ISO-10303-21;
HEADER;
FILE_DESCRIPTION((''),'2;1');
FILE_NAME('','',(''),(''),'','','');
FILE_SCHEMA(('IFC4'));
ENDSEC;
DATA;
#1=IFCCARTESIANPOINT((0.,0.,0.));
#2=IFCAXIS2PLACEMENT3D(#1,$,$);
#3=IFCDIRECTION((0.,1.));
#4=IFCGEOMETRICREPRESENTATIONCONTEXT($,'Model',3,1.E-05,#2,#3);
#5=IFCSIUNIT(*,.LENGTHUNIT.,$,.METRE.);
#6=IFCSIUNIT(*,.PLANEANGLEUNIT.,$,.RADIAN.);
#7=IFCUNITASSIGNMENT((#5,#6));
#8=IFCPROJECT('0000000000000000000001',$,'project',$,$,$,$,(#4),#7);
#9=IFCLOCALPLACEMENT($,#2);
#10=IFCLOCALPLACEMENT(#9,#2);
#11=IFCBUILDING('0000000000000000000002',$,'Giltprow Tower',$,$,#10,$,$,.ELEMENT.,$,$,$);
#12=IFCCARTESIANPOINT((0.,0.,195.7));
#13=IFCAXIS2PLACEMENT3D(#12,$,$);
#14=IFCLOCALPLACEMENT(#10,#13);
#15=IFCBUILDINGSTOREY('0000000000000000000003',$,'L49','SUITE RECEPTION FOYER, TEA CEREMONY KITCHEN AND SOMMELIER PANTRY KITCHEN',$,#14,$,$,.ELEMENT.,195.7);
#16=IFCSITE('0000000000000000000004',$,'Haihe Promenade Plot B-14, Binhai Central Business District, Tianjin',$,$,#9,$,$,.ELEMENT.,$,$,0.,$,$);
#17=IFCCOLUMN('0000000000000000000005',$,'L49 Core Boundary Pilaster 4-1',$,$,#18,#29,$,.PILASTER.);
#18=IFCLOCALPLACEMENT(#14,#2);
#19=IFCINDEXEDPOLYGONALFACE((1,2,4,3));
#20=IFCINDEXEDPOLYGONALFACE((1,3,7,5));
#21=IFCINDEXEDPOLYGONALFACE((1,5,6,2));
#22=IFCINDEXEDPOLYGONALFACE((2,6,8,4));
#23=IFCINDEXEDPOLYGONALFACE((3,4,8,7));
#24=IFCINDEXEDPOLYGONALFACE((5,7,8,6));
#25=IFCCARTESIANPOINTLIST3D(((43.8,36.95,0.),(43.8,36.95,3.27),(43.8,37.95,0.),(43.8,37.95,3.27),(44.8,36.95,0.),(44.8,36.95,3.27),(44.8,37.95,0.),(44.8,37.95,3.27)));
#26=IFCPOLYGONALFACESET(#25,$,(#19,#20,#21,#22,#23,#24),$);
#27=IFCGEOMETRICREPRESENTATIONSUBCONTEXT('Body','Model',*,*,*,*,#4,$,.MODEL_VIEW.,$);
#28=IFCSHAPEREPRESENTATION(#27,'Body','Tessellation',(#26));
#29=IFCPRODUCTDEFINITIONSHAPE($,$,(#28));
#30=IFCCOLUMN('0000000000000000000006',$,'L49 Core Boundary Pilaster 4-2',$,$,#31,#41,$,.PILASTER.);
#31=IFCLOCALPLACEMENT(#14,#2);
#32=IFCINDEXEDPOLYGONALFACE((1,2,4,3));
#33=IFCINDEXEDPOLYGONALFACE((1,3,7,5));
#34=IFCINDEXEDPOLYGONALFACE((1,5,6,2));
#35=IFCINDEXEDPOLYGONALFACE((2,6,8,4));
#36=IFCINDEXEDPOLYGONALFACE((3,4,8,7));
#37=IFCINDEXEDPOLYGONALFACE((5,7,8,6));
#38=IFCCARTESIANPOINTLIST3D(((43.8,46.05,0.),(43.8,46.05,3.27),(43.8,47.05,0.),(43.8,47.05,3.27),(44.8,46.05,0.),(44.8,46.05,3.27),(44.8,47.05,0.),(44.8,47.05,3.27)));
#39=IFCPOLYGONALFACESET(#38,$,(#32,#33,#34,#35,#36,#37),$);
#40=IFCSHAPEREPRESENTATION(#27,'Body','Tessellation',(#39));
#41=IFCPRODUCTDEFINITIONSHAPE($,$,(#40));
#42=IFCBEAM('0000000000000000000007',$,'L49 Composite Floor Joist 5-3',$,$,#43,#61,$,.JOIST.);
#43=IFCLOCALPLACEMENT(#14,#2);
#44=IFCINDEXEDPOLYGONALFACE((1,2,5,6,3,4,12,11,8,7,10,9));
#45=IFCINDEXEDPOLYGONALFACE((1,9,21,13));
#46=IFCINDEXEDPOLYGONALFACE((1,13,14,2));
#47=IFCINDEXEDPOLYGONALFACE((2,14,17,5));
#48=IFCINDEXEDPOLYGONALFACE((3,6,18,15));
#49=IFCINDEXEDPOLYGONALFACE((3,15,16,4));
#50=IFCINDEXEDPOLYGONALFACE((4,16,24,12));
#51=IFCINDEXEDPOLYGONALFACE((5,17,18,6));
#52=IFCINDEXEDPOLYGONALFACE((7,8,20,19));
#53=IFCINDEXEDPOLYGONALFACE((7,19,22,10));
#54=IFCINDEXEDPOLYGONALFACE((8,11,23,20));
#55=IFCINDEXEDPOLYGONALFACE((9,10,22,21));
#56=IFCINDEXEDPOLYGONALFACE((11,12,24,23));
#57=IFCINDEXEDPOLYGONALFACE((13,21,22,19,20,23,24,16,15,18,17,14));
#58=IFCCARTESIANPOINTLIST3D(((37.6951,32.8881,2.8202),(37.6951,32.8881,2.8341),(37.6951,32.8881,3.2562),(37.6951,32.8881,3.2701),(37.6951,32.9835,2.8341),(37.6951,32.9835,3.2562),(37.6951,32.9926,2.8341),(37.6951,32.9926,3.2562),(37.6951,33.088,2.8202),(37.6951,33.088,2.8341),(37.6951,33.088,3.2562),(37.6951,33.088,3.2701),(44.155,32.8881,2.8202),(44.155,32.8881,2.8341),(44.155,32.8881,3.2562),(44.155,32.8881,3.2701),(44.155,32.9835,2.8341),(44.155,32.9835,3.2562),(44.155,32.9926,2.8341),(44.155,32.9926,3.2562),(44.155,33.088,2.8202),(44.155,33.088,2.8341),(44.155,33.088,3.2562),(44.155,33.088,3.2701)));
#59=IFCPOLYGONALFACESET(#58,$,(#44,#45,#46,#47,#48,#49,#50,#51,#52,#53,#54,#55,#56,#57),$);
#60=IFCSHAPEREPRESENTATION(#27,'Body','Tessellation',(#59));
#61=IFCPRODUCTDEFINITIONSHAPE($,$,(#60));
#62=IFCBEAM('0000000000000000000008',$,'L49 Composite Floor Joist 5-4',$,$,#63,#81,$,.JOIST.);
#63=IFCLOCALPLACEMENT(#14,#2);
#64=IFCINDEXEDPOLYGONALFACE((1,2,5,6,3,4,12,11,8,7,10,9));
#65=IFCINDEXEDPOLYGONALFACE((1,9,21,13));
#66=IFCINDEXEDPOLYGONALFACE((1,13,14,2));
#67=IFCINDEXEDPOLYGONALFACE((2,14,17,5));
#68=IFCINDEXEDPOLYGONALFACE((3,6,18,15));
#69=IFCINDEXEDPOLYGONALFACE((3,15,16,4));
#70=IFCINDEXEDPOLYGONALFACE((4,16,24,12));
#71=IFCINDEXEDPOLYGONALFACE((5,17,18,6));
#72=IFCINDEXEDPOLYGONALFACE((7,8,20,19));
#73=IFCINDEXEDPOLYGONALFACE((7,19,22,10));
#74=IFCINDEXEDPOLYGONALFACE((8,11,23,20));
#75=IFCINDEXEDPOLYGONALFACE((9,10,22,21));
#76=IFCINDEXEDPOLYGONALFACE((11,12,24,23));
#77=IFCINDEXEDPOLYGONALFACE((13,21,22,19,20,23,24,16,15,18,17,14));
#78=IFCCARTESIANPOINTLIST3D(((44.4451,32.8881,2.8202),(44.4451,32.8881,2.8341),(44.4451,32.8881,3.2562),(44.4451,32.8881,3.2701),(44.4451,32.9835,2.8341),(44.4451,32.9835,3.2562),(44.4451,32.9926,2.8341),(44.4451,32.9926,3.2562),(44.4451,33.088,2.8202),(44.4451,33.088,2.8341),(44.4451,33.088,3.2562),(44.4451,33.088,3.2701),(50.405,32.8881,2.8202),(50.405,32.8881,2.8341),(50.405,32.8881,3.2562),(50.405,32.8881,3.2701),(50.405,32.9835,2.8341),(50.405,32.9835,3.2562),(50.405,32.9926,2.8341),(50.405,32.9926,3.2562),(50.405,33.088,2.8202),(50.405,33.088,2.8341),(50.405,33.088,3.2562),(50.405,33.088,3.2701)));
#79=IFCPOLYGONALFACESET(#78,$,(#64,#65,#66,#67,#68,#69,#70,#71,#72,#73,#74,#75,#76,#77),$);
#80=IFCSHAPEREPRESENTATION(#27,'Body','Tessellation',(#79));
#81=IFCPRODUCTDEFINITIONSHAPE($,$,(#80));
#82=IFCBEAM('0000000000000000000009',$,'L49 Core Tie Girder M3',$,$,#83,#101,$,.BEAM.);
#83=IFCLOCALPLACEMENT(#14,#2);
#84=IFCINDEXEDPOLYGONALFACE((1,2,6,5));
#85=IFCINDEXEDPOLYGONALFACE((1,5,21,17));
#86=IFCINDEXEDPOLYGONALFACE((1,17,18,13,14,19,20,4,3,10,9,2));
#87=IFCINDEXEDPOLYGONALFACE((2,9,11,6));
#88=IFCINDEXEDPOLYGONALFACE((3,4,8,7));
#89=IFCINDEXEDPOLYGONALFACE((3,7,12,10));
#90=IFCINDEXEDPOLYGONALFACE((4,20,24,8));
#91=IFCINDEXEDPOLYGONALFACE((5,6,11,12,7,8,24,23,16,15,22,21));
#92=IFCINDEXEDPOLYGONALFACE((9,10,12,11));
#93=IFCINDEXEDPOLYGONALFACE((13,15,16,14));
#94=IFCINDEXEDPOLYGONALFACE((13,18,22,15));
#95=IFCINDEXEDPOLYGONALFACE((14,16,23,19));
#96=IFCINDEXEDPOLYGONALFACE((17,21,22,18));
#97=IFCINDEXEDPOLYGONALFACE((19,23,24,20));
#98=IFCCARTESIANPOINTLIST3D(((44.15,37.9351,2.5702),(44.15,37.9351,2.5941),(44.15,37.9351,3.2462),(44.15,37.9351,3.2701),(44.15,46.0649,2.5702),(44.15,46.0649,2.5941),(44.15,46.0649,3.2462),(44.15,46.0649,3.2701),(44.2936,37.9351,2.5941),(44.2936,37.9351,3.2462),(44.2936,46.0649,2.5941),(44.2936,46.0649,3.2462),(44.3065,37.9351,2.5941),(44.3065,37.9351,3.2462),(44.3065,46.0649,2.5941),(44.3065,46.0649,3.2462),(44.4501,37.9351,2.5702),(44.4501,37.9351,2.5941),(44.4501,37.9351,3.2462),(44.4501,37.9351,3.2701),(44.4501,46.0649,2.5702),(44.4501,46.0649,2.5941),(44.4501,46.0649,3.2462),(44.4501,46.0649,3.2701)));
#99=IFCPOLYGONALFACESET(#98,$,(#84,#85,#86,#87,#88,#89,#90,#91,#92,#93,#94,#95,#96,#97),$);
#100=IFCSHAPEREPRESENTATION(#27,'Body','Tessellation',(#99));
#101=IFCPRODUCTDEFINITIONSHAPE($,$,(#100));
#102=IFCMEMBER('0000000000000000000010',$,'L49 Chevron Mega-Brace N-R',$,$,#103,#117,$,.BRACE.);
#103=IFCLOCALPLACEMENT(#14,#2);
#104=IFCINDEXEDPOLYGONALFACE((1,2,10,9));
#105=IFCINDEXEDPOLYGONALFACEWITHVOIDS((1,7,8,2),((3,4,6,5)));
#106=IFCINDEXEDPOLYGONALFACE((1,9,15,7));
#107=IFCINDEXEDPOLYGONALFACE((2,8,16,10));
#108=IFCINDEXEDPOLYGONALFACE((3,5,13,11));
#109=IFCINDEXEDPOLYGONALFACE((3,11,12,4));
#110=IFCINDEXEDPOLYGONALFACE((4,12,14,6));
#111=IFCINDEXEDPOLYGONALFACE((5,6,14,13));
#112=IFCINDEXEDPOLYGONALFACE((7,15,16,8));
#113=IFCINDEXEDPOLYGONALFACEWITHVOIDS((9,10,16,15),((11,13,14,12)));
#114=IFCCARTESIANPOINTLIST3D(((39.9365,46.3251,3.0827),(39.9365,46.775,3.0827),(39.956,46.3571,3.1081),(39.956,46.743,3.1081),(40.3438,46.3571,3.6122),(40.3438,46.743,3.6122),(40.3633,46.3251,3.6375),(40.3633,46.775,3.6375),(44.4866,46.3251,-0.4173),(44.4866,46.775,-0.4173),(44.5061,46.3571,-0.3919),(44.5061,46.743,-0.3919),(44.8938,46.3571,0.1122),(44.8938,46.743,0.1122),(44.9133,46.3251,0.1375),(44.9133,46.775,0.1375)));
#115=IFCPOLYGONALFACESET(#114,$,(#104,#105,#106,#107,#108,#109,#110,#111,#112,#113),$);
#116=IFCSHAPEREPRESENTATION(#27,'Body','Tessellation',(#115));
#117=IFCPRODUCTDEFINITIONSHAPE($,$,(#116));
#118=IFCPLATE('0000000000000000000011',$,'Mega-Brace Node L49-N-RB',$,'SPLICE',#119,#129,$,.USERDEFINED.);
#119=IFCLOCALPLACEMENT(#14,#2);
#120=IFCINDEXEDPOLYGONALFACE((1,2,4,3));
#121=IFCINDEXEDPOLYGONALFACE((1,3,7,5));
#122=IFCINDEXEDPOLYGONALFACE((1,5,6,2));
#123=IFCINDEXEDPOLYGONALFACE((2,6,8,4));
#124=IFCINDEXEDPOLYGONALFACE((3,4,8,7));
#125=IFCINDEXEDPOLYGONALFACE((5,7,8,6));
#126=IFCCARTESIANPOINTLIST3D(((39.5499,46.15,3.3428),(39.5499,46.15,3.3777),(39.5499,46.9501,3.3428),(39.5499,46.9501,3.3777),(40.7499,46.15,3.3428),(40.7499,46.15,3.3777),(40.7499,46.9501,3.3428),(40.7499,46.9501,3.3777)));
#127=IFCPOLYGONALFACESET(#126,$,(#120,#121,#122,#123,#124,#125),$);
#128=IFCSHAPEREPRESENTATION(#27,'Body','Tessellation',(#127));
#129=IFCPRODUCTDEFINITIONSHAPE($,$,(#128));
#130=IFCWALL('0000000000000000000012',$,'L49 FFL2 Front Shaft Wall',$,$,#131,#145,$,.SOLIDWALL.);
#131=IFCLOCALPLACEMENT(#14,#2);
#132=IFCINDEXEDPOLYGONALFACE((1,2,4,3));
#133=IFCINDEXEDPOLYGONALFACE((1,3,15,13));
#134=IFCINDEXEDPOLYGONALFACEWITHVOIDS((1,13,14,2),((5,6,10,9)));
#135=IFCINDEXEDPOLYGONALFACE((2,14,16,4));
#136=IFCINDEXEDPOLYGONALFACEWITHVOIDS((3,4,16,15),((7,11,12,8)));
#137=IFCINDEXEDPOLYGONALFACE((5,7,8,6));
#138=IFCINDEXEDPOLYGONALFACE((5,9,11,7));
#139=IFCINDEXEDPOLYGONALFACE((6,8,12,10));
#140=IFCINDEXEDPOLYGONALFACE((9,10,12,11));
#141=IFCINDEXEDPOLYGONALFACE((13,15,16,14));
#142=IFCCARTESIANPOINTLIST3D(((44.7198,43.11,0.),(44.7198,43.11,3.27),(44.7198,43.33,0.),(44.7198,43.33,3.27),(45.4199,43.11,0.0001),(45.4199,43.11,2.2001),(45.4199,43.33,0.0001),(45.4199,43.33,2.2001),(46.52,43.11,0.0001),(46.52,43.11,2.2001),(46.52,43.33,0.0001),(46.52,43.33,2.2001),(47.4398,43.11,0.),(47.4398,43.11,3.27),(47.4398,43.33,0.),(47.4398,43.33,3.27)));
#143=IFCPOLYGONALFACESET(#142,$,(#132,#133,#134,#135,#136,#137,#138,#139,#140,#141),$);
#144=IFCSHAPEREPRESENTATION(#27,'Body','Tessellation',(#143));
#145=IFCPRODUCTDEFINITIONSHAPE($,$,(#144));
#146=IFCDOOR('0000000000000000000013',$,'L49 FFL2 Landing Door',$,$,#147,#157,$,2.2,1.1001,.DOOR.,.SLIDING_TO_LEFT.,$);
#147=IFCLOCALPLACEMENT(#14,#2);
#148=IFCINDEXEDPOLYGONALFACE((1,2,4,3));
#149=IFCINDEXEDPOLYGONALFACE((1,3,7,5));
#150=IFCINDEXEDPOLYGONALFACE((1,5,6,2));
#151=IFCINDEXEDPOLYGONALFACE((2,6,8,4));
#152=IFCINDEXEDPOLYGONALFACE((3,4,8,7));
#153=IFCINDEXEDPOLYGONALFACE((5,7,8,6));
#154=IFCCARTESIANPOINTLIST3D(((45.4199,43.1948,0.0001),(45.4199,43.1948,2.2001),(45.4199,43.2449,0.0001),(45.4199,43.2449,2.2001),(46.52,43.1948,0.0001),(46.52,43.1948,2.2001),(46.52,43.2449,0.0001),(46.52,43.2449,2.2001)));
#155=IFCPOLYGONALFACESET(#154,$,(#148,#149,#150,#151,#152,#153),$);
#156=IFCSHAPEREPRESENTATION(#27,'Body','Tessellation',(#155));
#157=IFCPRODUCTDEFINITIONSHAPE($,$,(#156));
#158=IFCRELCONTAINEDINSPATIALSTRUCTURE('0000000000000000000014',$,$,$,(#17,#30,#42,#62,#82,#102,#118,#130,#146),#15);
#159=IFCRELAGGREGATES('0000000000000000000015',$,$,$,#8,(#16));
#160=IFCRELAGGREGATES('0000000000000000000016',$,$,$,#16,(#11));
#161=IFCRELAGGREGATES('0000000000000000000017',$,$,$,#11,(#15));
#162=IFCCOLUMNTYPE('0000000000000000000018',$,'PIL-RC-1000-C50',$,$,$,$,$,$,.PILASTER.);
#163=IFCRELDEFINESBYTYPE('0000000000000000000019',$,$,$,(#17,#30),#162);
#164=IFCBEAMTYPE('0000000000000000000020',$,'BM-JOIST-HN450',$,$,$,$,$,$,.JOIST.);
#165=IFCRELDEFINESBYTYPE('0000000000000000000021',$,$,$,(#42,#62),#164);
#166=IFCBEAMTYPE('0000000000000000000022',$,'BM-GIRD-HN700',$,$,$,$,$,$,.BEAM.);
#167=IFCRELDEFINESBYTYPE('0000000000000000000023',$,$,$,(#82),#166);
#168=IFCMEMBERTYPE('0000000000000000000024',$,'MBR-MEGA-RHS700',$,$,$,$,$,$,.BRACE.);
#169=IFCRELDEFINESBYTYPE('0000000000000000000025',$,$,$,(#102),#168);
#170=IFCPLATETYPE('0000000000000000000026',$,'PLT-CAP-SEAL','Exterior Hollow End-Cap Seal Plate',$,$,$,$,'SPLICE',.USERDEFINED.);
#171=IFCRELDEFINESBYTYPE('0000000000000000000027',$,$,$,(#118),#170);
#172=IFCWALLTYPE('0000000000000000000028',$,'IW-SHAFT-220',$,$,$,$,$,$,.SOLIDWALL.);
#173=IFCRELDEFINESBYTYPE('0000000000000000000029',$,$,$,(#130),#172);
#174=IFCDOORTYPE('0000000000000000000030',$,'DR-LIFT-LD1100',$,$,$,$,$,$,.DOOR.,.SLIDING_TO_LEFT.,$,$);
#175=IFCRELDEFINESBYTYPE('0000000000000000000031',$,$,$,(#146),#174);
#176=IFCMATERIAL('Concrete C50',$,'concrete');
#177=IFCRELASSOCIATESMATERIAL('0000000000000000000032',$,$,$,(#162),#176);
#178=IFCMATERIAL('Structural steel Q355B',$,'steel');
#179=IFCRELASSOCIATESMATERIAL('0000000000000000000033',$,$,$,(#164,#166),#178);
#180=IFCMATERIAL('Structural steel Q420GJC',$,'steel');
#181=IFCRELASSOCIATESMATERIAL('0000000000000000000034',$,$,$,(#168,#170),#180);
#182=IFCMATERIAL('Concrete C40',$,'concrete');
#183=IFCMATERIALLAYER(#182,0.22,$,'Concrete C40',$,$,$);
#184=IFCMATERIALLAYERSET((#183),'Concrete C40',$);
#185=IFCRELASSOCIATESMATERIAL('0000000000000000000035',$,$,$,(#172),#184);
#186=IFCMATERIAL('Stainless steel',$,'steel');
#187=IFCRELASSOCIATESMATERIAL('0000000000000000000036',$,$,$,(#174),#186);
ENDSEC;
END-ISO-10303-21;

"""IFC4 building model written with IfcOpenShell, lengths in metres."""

from ifc_helpers import new_model, si_unit, direction, frame, frame_2d, origin, origin_2d, place, context, subcontext, project, spatial, rectangle, hollow_rectangle, i_section, extrude, source, transform, mapped, material, layer, layer_set, material_profile, profile_set, type_object, element, fill, save


model = new_model("IFC4")

# Units and contexts
model_context = context("Model", 3, precision=1e-05, world=origin(), true_north=direction((0.0, 1.0)))
body_context = subcontext(model_context, "Body", "Model", "MODEL_VIEW")
ifc_project = project(units=[si_unit("LENGTHUNIT", "METRE"), si_unit("PLANEANGLEUNIT", "RADIAN")], contexts=[model_context])

# Site, building, storey
site_placement = place(None, origin())
site = spatial("IfcSite", under=ifc_project, at=site_placement, Name="Haihe Promenade Plot B-14, Binhai Central Business District, Tianjin", CompositionType="ELEMENT", RefElevation=0.0)
building_placement = place(site_placement, origin())
building = spatial("IfcBuilding", under=site, at=building_placement, Name="Giltprow Tower", CompositionType="ELEMENT")
storey_placement = place(building_placement, frame((0.0, 0.0, 195.7)))
storey = spatial("IfcBuildingStorey", under=building, at=storey_placement, Name="L49", Description="SUITE RECEPTION FOYER, TEA CEREMONY KITCHEN AND SOMMELIER PANTRY KITCHEN", CompositionType="ELEMENT", Elevation=195.7)

# Columns
ifc_material_1 = material(Name="Concrete C50", Category="concrete")
ifc_material_profile_1 = material_profile(ifc_material_1, rectangle(XDim=1.0, YDim=1.0, at=origin_2d()), Name="RC 1000x1000")
ifc_profile_set_1 = profile_set([ifc_material_profile_1], Name="Concrete C50")
column_type = type_object("IfcColumnType", Name="PIL-RC-1000-C50", PredefinedType="PILASTER", material=ifc_profile_set_1)
shared_shape_1 = source(origin(), body_context, "Body", "SweptSolid", [
    extrude(rectangle(XDim=1.0, YDim=1.0, at=origin_2d()), origin(), (0.0, 0.0, 1.0), 3.27),
])
for number, where, z_axis, x_axis, name in (
    (1, (44.3, 37.45, 0.0), (0.0, 0.0, 1.0), (1.0, 0.0, 0.0), "L49 Core Boundary Pilaster 4-1"),
    (2, (44.3, 46.55, 0.0), (0.0, 0.0, 1.0), (1.0, 0.0, 0.0), "L49 Core Boundary Pilaster 4-2"),
):
    element("IfcColumn", number, at=place(storey_placement, frame(where, z_axis=z_axis, x_axis=x_axis)), inside=storey, type_object=column_type, Name=name, PredefinedType="PILASTER", context=body_context, shape_type="MappedRepresentation", body=[
        mapped(shared_shape_1, transform((0.0, 0.0, 0.0), x_axis=(1.0, 0.0, 0.0), y_axis=(0.0, 1.0, 0.0), z_axis=(0.0, 0.0, 1.0), scale=1.0)),
    ])

# Beams
ifc_material_2 = material(Name="Structural steel Q355B", Category="steel")
ifc_material_profile_2 = material_profile(ifc_material_2, i_section(OverallWidth=0.2, OverallDepth=0.45, WebThickness=0.009, FlangeThickness=0.0139, at=origin_2d()), Name="HN 450x200x9x14")
ifc_profile_set_2 = profile_set([ifc_material_profile_2], Name="Structural steel Q355B")
beam_type_1 = type_object("IfcBeamType", Name="BM-JOIST-HN450", PredefinedType="JOIST", material=ifc_profile_set_2)
shared_shape_2 = source(origin(), body_context, "Body", "SweptSolid", [
    extrude(i_section(OverallWidth=0.2, OverallDepth=0.45, WebThickness=0.009, FlangeThickness=0.0139, at=origin_2d()), origin(), (0.0, 0.0, 1.0), 6.46),
])
beam_1_placement = place(storey_placement, frame((37.6951, 32.988, 3.0452), z_axis=(1.0, 0.0, 0.0), x_axis=(0.0, 1.0, 0.0)))
element("IfcBeam", 3, at=beam_1_placement, inside=storey, type_object=beam_type_1, Name="L49 Composite Floor Joist 5-3", PredefinedType="JOIST", context=body_context, shape_type="MappedRepresentation", body=[
    mapped(shared_shape_2, transform((0.0, 0.0, 0.0), x_axis=(1.0, 0.0, 0.0), y_axis=(0.0, 1.0, 0.0), z_axis=(0.0, 0.0, 1.0), scale=1.0)),
])
shared_shape_3 = source(origin(), body_context, "Body", "SweptSolid", [
    extrude(i_section(OverallWidth=0.2, OverallDepth=0.45, WebThickness=0.009, FlangeThickness=0.0139, at=origin_2d()), origin(), (0.0, 0.0, 1.0), 5.96),
])
beam_2_placement = place(storey_placement, frame((44.4451, 32.988, 3.0452), z_axis=(1.0, 0.0, 0.0), x_axis=(0.0, 1.0, 0.0)))
element("IfcBeam", 4, at=beam_2_placement, inside=storey, type_object=beam_type_1, Name="L49 Composite Floor Joist 5-4", PredefinedType="JOIST", context=body_context, shape_type="MappedRepresentation", body=[
    mapped(shared_shape_3, transform((0.0, 0.0, 0.0), x_axis=(1.0, 0.0, 0.0), y_axis=(0.0, 1.0, 0.0), z_axis=(0.0, 0.0, 1.0), scale=1.0)),
])
ifc_material_profile_3 = material_profile(ifc_material_2, i_section(OverallWidth=0.3, OverallDepth=0.7, WebThickness=0.0129, FlangeThickness=0.0239, at=origin_2d()), Name="HN 700x300x13x24")
ifc_profile_set_3 = profile_set([ifc_material_profile_3], Name="Structural steel Q355B")
beam_type_2 = type_object("IfcBeamType", Name="BM-GIRD-HN700", PredefinedType="BEAM", material=ifc_profile_set_3)
shared_shape_4 = source(origin(), body_context, "Body", "SweptSolid", [
    extrude(i_section(OverallWidth=0.3, OverallDepth=0.7, WebThickness=0.0129, FlangeThickness=0.0239, at=origin_2d()), origin(), (0.0, 0.0, 1.0), 8.1299),
])
beam_3_placement = place(storey_placement, frame((44.3, 37.9351, 2.9202), z_axis=(0.0, 1.0, 0.0), x_axis=(-1.0, 0.0, 0.0)))
element("IfcBeam", 5, at=beam_3_placement, inside=storey, type_object=beam_type_2, Name="L49 Core Tie Girder M3", PredefinedType="BEAM", context=body_context, shape_type="MappedRepresentation", body=[
    mapped(shared_shape_4, transform((0.0, 0.0, 0.0), x_axis=(1.0, 0.0, 0.0), y_axis=(0.0, 1.0, 0.0), z_axis=(0.0, 0.0, 1.0), scale=1.0)),
])

# Member
ifc_material_3 = material(Name="Structural steel Q420GJC", Category="steel")
ifc_material_profile_4 = material_profile(ifc_material_3, hollow_rectangle(XDim=0.45, YDim=0.7, WallThickness=0.032, at=origin_2d()), Name="RHS 700x450x32")
ifc_profile_set_4 = profile_set([ifc_material_profile_4], Name="Structural steel Q420GJC")
member_type = type_object("IfcMemberType", Name="MBR-MEGA-RHS700", PredefinedType="BRACE", material=ifc_profile_set_4)
shared_shape_5 = source(origin(), body_context, "Body", "SweptSolid", [
    extrude(hollow_rectangle(XDim=0.45, YDim=0.7, WallThickness=0.032, at=origin_2d()), origin(), (0.0, 0.0, 1.0), 5.7405),
])
member_placement = place(storey_placement, frame((44.7, 46.55, -0.1399), z_axis=(-0.792627, 0.0, 0.609707), x_axis=(0.0, -1.0, 0.0)))
element("IfcMember", 6, at=member_placement, inside=storey, type_object=member_type, Name="L49 Chevron Mega-Brace N-R", PredefinedType="BRACE", context=body_context, shape_type="MappedRepresentation", body=[
    mapped(shared_shape_5, transform((0.0, 0.0, 0.0), x_axis=(1.0, 0.0, 0.0), y_axis=(0.0, 1.0, 0.0), z_axis=(0.0, 0.0, 1.0), scale=1.0)),
])

# Plate
plate_type = type_object("IfcPlateType", Name="PLT-CAP-SEAL", Description="Exterior Hollow End-Cap Seal Plate", ElementType="SPLICE", PredefinedType="USERDEFINED", material=ifc_material_3)
shared_shape_6 = source(origin(), body_context, "Body", "SweptSolid", [
    extrude(rectangle(XDim=1.2, YDim=0.8, at=origin_2d()), origin(), (0.0, 0.0, 1.0), 0.0349),
])
plate_placement = place(storey_placement, frame((40.1499, 46.55, 3.3428), z_axis=(0.0, 0.0, 1.0), x_axis=(1.0, 0.0, 0.0)))
element("IfcPlate", 7, at=plate_placement, inside=storey, type_object=plate_type, Name="Mega-Brace Node L49-N-RB", ObjectType="SPLICE", PredefinedType="USERDEFINED", context=body_context, shape_type="MappedRepresentation", body=[
    mapped(shared_shape_6, transform((0.0, 0.0, 0.0), x_axis=(1.0, 0.0, 0.0), y_axis=(0.0, 1.0, 0.0), z_axis=(0.0, 0.0, 1.0), scale=1.0)),
])

# Wall, opening, door
ifc_material_4 = material(Name="Concrete C40", Category="concrete")
ifc_layer_1 = layer(ifc_material_4, 0.22, Name="Concrete C40")
ifc_layer_set_1 = layer_set([ifc_layer_1], Name="Concrete C40")
wall_type_1 = type_object("IfcWallType", Name="IW-SHAFT-220", PredefinedType="SOLIDWALL", material=ifc_layer_set_1)
wall_1_placement = place(storey_placement, frame((44.72, 43.22, 0.0), z_axis=(0.0, 0.0, 1.0), x_axis=(1.0, 0.0, 0.0)))
wall_1 = element("IfcWall", 8, at=wall_1_placement, inside=storey, type_object=wall_type_1, Name="L49 FFL2 Front Shaft Wall", PredefinedType="SOLIDWALL", context=body_context, shape_type="SweptSolid", body=[
    extrude(rectangle(XDim=2.72, YDim=0.22, at=frame_2d((1.3599, 0.0))), origin(), (0.0, 0.0, 1.0), 3.27),
])
opening_1_placement = place(wall_1_placement, frame((0.7, 0.0, 0.0)))
opening_1 = element("IfcOpeningElement", 9, at=opening_1_placement, cuts=wall_1, PredefinedType="OPENING", context=body_context, shape_type="SweptSolid", body=[
    extrude(rectangle(XDim=1.1001, YDim=2.2, at=frame_2d((0.55, 1.1001))), frame((0.0, 0.1199, 0.0), z_axis=(0.0, -1.0, 0.0), x_axis=(1.0, 0.0, 0.0)), (0.0, 0.0, 1.0), 0.24),
])
ifc_material_5 = material(Name="Stainless steel", Category="steel")
door_type_1 = type_object("IfcDoorType", Name="DR-LIFT-LD1100", OperationType="SLIDING_TO_LEFT", PredefinedType="DOOR", material=ifc_material_5)
shared_shape_7 = source(origin(), body_context, "Body", "SweptSolid", [
    extrude(rectangle(XDim=1.1001, YDim=2.2, at=frame_2d((0.55, 1.1001))), frame((0.0, 0.0249, 0.0), z_axis=(0.0, -1.0, 0.0), x_axis=(1.0, 0.0, 0.0)), (0.0, 0.0, 1.0), 0.05),
])
door_1_placement = place(opening_1_placement, origin())
door_1 = element("IfcDoor", 10, at=door_1_placement, inside=storey, type_object=door_type_1, Name="L49 FFL2 Landing Door", OperationType="SLIDING_TO_LEFT", OverallHeight=2.2, OverallWidth=1.1001, PredefinedType="DOOR", context=body_context, shape_type="MappedRepresentation", body=[
    mapped(shared_shape_7, transform((0.0, 0.0, 0.0), x_axis=(1.0, 0.0, 0.0), y_axis=(0.0, 1.0, 0.0), z_axis=(0.0, 0.0, 1.0), scale=1.0)),
])
fill(opening_1, door_1)

save(model, "model.ifc")
